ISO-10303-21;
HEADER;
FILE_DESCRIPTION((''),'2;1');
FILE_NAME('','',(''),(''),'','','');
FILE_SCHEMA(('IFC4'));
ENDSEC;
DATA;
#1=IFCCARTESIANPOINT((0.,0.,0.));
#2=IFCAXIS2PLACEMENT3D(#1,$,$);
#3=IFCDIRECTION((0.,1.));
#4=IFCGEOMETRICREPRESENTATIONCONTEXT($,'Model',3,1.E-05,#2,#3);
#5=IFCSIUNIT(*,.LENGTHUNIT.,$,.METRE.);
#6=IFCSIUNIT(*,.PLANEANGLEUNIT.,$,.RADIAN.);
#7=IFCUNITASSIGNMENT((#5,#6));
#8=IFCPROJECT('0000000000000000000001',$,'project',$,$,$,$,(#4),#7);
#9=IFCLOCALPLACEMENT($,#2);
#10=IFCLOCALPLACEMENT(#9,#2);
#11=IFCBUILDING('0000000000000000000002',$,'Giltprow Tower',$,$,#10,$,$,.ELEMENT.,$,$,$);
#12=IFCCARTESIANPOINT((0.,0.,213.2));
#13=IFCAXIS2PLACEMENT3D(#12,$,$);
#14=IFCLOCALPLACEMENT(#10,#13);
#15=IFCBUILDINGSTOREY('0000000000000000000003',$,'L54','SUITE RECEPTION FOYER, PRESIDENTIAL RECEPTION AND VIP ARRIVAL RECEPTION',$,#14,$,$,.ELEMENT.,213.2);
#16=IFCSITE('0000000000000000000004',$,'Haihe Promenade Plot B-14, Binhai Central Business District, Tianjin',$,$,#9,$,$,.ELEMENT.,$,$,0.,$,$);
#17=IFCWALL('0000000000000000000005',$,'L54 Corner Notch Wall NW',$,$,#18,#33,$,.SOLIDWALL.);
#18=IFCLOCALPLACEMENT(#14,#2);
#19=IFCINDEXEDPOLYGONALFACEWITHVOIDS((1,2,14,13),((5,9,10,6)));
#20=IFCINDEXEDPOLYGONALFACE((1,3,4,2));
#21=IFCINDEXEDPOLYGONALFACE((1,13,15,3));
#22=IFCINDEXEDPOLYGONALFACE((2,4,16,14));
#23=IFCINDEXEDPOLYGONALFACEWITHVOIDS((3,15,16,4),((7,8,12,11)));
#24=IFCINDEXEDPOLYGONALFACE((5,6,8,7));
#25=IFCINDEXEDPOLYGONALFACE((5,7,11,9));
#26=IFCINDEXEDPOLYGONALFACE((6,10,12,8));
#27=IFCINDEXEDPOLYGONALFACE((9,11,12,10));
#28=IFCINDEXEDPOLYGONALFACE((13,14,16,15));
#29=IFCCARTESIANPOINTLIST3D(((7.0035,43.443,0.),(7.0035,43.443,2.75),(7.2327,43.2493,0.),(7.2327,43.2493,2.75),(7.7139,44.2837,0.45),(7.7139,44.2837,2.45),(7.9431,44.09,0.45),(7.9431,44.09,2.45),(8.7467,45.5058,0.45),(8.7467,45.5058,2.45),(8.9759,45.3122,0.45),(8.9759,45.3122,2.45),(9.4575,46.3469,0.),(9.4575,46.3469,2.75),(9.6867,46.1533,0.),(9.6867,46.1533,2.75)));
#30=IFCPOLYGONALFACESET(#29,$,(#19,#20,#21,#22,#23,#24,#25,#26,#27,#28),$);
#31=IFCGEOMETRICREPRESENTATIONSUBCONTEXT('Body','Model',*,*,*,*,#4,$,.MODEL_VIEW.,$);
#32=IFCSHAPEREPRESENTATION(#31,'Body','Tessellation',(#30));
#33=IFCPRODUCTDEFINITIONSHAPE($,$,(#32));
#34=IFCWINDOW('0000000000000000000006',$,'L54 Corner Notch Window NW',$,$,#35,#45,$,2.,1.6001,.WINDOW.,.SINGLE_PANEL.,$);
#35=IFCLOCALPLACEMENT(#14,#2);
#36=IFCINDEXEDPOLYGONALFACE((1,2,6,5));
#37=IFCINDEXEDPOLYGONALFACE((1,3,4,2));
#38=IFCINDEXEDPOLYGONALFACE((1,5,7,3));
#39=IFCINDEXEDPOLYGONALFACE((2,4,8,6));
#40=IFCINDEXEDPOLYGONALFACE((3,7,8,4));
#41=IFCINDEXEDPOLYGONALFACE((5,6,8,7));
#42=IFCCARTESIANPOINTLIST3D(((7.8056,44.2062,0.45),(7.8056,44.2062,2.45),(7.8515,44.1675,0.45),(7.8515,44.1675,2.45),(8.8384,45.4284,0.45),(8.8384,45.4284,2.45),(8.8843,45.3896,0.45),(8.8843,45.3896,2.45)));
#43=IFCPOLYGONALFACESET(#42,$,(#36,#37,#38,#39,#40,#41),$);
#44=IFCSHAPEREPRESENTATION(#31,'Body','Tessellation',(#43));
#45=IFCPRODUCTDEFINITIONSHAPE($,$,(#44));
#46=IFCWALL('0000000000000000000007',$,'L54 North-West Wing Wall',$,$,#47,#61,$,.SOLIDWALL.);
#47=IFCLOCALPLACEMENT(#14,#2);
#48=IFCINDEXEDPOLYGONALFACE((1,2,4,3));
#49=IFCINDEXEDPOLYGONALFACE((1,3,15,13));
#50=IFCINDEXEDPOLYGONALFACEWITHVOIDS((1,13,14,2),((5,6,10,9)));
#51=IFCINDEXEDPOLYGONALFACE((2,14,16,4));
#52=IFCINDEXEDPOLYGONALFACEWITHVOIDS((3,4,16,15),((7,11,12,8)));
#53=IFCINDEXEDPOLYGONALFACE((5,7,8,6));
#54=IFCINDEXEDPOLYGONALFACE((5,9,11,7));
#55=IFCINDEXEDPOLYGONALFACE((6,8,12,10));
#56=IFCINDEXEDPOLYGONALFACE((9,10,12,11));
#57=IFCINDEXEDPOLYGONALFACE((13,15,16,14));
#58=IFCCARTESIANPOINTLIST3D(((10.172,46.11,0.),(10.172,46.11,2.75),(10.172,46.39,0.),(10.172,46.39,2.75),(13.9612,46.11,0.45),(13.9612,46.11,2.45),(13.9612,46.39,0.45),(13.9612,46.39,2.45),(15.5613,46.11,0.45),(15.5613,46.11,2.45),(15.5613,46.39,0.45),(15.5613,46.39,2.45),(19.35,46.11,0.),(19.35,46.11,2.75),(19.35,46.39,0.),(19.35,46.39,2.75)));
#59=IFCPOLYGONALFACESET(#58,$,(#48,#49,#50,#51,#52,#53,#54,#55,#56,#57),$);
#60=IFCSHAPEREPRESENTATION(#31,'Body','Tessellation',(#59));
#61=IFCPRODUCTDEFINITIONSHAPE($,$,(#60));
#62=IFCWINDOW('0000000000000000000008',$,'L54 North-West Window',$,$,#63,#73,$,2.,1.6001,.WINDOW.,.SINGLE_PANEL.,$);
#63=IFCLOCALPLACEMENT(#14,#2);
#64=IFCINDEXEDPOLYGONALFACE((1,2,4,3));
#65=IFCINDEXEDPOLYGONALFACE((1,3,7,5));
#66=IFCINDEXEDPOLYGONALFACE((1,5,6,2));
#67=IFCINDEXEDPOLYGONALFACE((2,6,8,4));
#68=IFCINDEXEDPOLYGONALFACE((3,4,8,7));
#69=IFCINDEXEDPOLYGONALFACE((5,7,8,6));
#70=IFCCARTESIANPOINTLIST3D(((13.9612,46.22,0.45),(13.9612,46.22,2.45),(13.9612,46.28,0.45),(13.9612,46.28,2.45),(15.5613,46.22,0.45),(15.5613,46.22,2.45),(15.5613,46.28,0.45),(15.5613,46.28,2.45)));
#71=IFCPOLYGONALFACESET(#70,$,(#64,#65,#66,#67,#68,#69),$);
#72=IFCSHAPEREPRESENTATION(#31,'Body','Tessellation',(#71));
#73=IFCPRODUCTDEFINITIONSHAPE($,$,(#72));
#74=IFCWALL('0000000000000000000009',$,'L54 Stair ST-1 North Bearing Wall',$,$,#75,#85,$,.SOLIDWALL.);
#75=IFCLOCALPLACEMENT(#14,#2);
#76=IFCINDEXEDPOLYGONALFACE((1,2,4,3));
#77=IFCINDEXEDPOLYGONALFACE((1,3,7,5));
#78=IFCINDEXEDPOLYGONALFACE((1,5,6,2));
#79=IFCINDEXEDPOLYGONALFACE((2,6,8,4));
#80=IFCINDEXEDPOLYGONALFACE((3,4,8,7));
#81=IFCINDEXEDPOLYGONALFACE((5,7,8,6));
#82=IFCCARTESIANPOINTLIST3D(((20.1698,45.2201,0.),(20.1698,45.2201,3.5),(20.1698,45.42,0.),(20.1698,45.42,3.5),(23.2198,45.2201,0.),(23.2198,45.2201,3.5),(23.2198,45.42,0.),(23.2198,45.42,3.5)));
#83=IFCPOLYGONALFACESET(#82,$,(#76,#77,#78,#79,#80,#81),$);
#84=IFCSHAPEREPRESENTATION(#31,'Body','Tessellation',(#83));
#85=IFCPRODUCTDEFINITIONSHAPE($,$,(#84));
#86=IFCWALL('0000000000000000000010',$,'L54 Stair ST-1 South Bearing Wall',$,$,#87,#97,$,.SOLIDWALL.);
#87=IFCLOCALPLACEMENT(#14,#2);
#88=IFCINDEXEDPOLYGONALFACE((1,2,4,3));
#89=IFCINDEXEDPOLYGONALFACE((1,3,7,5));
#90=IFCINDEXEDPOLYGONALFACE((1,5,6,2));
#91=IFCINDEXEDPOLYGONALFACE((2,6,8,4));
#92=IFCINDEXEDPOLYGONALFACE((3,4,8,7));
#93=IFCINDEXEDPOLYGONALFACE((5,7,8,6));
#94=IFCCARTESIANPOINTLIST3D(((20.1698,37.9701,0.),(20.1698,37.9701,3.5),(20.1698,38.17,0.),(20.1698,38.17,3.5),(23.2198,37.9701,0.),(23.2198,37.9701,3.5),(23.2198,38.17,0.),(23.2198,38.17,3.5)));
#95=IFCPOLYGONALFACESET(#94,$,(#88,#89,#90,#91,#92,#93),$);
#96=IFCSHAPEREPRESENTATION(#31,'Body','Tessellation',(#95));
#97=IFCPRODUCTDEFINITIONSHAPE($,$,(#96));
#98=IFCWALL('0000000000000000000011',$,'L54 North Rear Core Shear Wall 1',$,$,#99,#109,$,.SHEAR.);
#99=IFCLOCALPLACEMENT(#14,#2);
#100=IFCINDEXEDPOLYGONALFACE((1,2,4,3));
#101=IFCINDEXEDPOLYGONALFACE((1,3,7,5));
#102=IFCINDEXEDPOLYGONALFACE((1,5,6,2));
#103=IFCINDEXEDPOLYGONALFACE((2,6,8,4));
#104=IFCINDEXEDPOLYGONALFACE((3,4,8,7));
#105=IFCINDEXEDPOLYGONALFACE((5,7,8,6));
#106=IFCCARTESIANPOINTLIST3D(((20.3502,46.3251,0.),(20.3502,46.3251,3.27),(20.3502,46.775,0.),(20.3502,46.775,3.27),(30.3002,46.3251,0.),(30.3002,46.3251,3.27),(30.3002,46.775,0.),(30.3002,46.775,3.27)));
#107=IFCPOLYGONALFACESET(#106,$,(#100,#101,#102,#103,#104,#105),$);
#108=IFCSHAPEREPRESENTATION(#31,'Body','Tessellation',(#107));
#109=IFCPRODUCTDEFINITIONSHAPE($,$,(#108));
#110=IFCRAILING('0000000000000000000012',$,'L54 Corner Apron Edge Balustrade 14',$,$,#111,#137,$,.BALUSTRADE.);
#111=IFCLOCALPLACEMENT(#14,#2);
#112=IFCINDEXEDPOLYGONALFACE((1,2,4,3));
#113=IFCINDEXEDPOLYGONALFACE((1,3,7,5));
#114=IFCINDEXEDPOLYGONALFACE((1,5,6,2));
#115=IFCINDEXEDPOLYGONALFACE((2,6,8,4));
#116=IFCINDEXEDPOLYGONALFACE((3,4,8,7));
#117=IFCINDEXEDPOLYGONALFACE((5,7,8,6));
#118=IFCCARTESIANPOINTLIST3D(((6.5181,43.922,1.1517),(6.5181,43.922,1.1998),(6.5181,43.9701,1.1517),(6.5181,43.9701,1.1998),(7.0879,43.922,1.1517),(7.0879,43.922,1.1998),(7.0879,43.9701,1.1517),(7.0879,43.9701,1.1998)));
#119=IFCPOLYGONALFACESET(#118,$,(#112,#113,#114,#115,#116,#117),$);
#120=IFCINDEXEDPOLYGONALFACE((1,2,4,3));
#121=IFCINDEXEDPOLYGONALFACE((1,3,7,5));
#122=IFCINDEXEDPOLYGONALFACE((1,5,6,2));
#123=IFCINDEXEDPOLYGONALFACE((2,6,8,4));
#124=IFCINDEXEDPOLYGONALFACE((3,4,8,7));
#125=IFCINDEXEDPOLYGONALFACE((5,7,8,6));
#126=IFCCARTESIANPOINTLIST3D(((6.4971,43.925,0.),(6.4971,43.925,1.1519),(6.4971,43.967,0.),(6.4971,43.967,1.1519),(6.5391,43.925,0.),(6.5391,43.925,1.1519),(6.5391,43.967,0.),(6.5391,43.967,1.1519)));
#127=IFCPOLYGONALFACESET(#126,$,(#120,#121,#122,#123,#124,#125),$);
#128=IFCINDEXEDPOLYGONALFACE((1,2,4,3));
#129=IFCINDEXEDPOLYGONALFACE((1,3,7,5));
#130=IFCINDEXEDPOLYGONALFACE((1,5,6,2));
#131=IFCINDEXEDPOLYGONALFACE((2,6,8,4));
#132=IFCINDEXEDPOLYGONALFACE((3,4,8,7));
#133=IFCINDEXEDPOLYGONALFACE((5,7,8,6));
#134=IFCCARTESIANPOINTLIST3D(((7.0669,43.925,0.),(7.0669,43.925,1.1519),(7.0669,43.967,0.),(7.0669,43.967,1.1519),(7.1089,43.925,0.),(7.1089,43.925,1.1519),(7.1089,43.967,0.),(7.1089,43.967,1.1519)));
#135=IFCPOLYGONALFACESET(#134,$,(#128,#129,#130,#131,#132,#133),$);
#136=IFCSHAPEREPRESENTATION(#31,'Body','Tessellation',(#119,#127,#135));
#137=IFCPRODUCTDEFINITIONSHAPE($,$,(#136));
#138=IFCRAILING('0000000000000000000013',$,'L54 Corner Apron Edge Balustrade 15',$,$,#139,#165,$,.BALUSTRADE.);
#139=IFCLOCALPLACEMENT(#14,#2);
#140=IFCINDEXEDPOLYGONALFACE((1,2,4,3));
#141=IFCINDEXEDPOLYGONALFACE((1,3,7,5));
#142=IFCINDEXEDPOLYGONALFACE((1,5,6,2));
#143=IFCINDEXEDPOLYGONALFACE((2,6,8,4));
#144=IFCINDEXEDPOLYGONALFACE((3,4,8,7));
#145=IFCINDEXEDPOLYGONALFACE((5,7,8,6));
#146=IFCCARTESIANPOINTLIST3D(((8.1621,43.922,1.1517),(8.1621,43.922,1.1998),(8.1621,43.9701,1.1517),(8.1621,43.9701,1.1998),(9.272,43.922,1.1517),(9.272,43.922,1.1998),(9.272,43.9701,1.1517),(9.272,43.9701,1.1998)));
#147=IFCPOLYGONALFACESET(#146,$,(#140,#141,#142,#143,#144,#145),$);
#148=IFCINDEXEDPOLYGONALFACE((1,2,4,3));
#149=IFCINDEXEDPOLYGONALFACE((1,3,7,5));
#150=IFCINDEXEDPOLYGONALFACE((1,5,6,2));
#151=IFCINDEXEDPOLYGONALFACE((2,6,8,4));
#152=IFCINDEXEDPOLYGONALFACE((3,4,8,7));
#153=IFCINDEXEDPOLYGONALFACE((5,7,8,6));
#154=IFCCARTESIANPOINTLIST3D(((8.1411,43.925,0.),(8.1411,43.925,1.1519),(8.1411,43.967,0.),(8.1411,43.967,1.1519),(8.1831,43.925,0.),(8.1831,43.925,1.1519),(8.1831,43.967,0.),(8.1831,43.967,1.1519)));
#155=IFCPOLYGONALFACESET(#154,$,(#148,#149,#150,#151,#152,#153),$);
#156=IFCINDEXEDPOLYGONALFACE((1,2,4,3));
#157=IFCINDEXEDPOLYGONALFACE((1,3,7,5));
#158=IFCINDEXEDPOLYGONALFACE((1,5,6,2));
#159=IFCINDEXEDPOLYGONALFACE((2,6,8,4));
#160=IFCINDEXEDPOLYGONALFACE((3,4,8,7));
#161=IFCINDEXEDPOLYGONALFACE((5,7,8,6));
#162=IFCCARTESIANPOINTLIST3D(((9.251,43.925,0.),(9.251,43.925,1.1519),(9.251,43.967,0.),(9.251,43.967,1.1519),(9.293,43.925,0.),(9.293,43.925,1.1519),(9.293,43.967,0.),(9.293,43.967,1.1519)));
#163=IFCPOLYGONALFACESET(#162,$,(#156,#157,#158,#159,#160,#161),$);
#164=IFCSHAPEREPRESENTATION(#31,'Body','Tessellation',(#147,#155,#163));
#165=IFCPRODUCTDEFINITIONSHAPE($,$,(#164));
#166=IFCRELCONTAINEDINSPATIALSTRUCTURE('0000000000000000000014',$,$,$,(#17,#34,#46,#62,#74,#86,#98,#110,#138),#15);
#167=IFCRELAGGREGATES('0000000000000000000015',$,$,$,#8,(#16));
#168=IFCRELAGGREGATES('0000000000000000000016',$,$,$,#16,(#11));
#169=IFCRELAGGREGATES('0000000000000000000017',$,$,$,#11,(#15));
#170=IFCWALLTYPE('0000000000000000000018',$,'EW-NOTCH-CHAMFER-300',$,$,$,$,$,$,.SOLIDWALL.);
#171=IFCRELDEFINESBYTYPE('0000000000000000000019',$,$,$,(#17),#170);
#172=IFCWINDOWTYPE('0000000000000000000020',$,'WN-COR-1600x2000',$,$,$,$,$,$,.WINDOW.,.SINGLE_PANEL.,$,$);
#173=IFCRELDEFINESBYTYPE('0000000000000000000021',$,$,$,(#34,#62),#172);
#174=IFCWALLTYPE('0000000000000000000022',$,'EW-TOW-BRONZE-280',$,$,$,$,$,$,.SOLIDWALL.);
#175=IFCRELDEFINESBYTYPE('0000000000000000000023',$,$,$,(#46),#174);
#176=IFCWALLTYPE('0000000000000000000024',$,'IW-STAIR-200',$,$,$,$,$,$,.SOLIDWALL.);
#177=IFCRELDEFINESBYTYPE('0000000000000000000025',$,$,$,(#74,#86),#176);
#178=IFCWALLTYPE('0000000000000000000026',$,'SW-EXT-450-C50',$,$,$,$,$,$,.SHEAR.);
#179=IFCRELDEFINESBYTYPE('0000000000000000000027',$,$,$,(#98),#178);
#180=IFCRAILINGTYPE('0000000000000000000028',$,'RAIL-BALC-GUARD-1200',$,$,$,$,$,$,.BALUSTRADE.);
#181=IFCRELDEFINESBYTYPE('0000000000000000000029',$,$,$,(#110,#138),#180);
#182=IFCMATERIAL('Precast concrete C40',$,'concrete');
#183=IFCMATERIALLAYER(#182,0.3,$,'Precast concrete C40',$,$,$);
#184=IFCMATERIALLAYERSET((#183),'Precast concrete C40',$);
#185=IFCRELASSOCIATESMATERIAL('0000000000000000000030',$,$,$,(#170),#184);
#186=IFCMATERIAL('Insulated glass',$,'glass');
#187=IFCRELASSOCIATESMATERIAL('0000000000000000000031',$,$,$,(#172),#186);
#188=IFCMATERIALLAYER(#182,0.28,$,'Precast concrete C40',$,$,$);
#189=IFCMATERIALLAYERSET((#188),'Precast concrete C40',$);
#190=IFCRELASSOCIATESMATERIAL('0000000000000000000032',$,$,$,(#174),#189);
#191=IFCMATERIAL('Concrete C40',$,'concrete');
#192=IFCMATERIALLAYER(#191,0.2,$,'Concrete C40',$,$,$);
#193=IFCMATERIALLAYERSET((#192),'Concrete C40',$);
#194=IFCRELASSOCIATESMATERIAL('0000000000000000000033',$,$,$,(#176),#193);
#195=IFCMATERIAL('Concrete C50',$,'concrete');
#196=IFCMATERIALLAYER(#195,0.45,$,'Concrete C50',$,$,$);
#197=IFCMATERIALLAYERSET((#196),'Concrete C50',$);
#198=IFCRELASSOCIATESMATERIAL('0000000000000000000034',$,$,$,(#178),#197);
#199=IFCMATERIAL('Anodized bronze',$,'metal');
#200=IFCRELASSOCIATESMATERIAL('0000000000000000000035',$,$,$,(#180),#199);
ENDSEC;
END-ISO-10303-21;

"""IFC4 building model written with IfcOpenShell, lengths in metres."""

from ifc_helpers import new_model, si_unit, direction, frame, frame_2d, origin, origin_2d, place, context, subcontext, project, spatial, rectangle, extrude, source, transform, mapped, material, layer, layer_set, type_object, element, fill, save


model = new_model("IFC4")

# Units and contexts
model_context = context("Model", 3, precision=1e-05, world=origin(), true_north=direction((0.0, 1.0)))
body_context = subcontext(model_context, "Body", "Model", "MODEL_VIEW")
ifc_project = project(units=[si_unit("LENGTHUNIT", "METRE"), si_unit("PLANEANGLEUNIT", "RADIAN")], contexts=[model_context])

# Site, building, storey
site_placement = place(None, origin())
site = spatial("IfcSite", under=ifc_project, at=site_placement, Name="Haihe Promenade Plot B-14, Binhai Central Business District, Tianjin", CompositionType="ELEMENT", RefElevation=0.0)
building_placement = place(site_placement, origin())
building = spatial("IfcBuilding", under=site, at=building_placement, Name="Giltprow Tower", CompositionType="ELEMENT")
storey_placement = place(building_placement, frame((0.0, 0.0, 213.2)))
storey = spatial("IfcBuildingStorey", under=building, at=storey_placement, Name="L54", Description="SUITE RECEPTION FOYER, PRESIDENTIAL RECEPTION AND VIP ARRIVAL RECEPTION", CompositionType="ELEMENT", Elevation=213.2)

# Shared definitions
ifc_material_1 = material(Name="Concrete C50", Category="concrete")

# Walls, openings, windows
ifc_material_2 = material(Name="Precast concrete C40", Category="concrete")
ifc_layer_1 = layer(ifc_material_2, 0.3, Name="Precast concrete C40")
ifc_layer_set_1 = layer_set([ifc_layer_1], Name="Precast concrete C40")
wall_type_1 = type_object("IfcWallType", Name="EW-NOTCH-CHAMFER-300", PredefinedType="SOLIDWALL", material=ifc_layer_set_1)
wall_1_placement = place(storey_placement, frame((9.572, 46.25, 0.0), z_axis=(0.0, 0.0, 1.0), x_axis=(-0.645456, -0.763798, 0.0)))
wall_1 = element("IfcWall", 1, at=wall_1_placement, inside=storey, type_object=wall_type_1, Name="L54 Corner Notch Wall NW", PredefinedType="SOLIDWALL", context=body_context, shape_type="SweptSolid", body=[
    extrude(rectangle(XDim=3.802, YDim=0.3, at=frame_2d((1.9009, 0.0))), origin(), (0.0, 0.0, 1.0), 2.75),
])
opening_1_placement = place(wall_1_placement, frame((1.1011, 0.0, 0.45)))
opening_1 = element("IfcOpeningElement", 2, at=opening_1_placement, cuts=wall_1, PredefinedType="OPENING", context=body_context, shape_type="SweptSolid", body=[
    extrude(rectangle(XDim=1.6001, YDim=2.0, at=frame_2d((0.8, 1.0))), frame((0.0, 0.1599, 0.0), z_axis=(0.0, -1.0, 0.0), x_axis=(1.0, 0.0, 0.0)), (0.0, 0.0, 1.0), 0.3201),
])
ifc_material_3 = material(Name="Insulated glass", Category="glass")
window_type = type_object("IfcWindowType", Name="WN-COR-1600x2000", PartitioningType="SINGLE_PANEL", PredefinedType="WINDOW", material=ifc_material_3)
shared_shape_1 = source(origin(), body_context, "Body", "SweptSolid", [
    extrude(rectangle(XDim=1.6001, YDim=2.0, at=frame_2d((0.8, 1.0))), frame((0.0, 0.03, 0.0), z_axis=(0.0, -1.0, 0.0), x_axis=(1.0, 0.0, 0.0)), (0.0, 0.0, 1.0), 0.0601),
])
window_1_placement = place(opening_1_placement, origin())
window_1 = element("IfcWindow", 3, at=window_1_placement, inside=storey, type_object=window_type, Name="L54 Corner Notch Window NW", OverallHeight=2.0, OverallWidth=1.6001, PartitioningType="SINGLE_PANEL", PredefinedType="WINDOW", context=body_context, shape_type="MappedRepresentation", body=[
    mapped(shared_shape_1, transform((0.0, 0.0, 0.0), x_axis=(1.0, 0.0, 0.0), y_axis=(0.0, 1.0, 0.0), z_axis=(0.0, 0.0, 1.0), scale=1.0)),
])
fill(opening_1, window_1)
ifc_layer_2 = layer(ifc_material_2, 0.28, Name="Precast concrete C40")
ifc_layer_set_2 = layer_set([ifc_layer_2], Name="Precast concrete C40")
wall_type_2 = type_object("IfcWallType", Name="EW-TOW-BRONZE-280", PredefinedType="SOLIDWALL", material=ifc_layer_set_2)
wall_2_placement = place(storey_placement, frame((10.1721, 46.25, 0.0), z_axis=(0.0, 0.0, 1.0), x_axis=(1.0, 0.0, 0.0)))
wall_2 = element("IfcWall", 4, at=wall_2_placement, inside=storey, type_object=wall_type_2, Name="L54 North-West Wing Wall", PredefinedType="SOLIDWALL", context=body_context, shape_type="SweptSolid", body=[
    extrude(rectangle(XDim=9.178, YDim=0.28, at=frame_2d((4.5889, 0.0))), origin(), (0.0, 0.0, 1.0), 2.75),
])
opening_2_placement = place(wall_2_placement, frame((3.7891, 0.0, 0.45)))
opening_2 = element("IfcOpeningElement", 5, at=opening_2_placement, cuts=wall_2, PredefinedType="OPENING", context=body_context, shape_type="SweptSolid", body=[
    extrude(rectangle(XDim=1.6001, YDim=2.0, at=frame_2d((0.8, 1.0))), frame((0.0, 0.1499, 0.0), z_axis=(0.0, -1.0, 0.0), x_axis=(1.0, 0.0, 0.0)), (0.0, 0.0, 1.0), 0.3),
])
window_2_placement = place(opening_2_placement, origin())
window_2 = element("IfcWindow", 6, at=window_2_placement, inside=storey, type_object=window_type, Name="L54 North-West Window", OverallHeight=2.0, OverallWidth=1.6001, PartitioningType="SINGLE_PANEL", PredefinedType="WINDOW", context=body_context, shape_type="MappedRepresentation", body=[
    mapped(shared_shape_1, transform((0.0, 0.0, 0.0), x_axis=(1.0, 0.0, 0.0), y_axis=(0.0, 1.0, 0.0), z_axis=(0.0, 0.0, 1.0), scale=1.0)),
])
fill(opening_2, window_2)

# Walls
ifc_material_4 = material(Name="Concrete C40", Category="concrete")
ifc_layer_3 = layer(ifc_material_4, 0.2, Name="Concrete C40")
ifc_layer_set_3 = layer_set([ifc_layer_3], Name="Concrete C40")
wall_type_3 = type_object("IfcWallType", Name="IW-STAIR-200", PredefinedType="SOLIDWALL", material=ifc_layer_set_3)
for number, where, z_axis, x_axis, name in (
    (7, (20.1699, 45.3201, 0.0), (0.0, 0.0, 1.0), (1.0, 0.0, 0.0), "L54 Stair ST-1 North Bearing Wall"),
    (8, (20.1699, 38.0701, 0.0), (0.0, 0.0, 1.0), (1.0, 0.0, 0.0), "L54 Stair ST-1 South Bearing Wall"),
):
    element("IfcWall", number, at=place(storey_placement, frame(where, z_axis=z_axis, x_axis=x_axis)), inside=storey, type_object=wall_type_3, Name=name, PredefinedType="SOLIDWALL", context=body_context, shape_type="SweptSolid", body=[
        extrude(rectangle(XDim=3.05, YDim=0.2, at=frame_2d((1.5249, 0.0))), origin(), (0.0, 0.0, 1.0), 3.5),
    ])
ifc_layer_4 = layer(ifc_material_1, 0.45, Name="Concrete C50")
ifc_layer_set_4 = layer_set([ifc_layer_4], Name="Concrete C50")
wall_type_4 = type_object("IfcWallType", Name="SW-EXT-450-C50", PredefinedType="SHEAR", material=ifc_layer_set_4)
wall_3_placement = place(storey_placement, frame((20.3501, 46.55, 0.0), z_axis=(0.0, 0.0, 1.0), x_axis=(1.0, 0.0, 0.0)))
element("IfcWall", 9, at=wall_3_placement, inside=storey, type_object=wall_type_4, Name="L54 North Rear Core Shear Wall 1", PredefinedType="SHEAR", context=body_context, shape_type="SweptSolid", body=[
    extrude(rectangle(XDim=9.95, YDim=0.45, at=frame_2d((4.9751, 0.0))), origin(), (0.0, 0.0, 1.0), 3.27),
])

# Railings
ifc_material_5 = material(Name="Anodized bronze", Category="metal")
railing_type_1 = type_object("IfcRailingType", Name="RAIL-BALC-GUARD-1200", PredefinedType="BALUSTRADE", material=ifc_material_5)
railing_1_placement = place(storey_placement, frame((6.5181, 43.946, 0.0)))
element("IfcRailing", 10, at=railing_1_placement, inside=storey, type_object=railing_type_1, Name="L54 Corner Apron Edge Balustrade 14", PredefinedType="BALUSTRADE", context=body_context, shape_type="SweptSolid", body=[
    extrude(rectangle(XDim=0.0481, YDim=0.0481, at=origin_2d()), frame((0.0, 0.0, 1.1758), z_axis=(1.0, 0.0, 0.0), x_axis=(0.0, 1.0, 0.0)), (0.0, 0.0, 1.0), 0.5698),
    extrude(rectangle(XDim=0.042, YDim=0.042, at=origin_2d()), origin(), (0.0, 0.0, 1.0), 1.1519),
    extrude(rectangle(XDim=0.042, YDim=0.042, at=origin_2d()), frame((0.5698, 0.0, 0.0)), (0.0, 0.0, 1.0), 1.1519),
])
railing_2_placement = place(storey_placement, frame((8.1621, 43.946, 0.0)))
element("IfcRailing", 11, at=railing_2_placement, inside=storey, type_object=railing_type_1, Name="L54 Corner Apron Edge Balustrade 15", PredefinedType="BALUSTRADE", context=body_context, shape_type="SweptSolid", body=[
    extrude(rectangle(XDim=0.0481, YDim=0.0481, at=origin_2d()), frame((0.0, 0.0, 1.1758), z_axis=(1.0, 0.0, 0.0), x_axis=(0.0, 1.0, 0.0)), (0.0, 0.0, 1.0), 1.1099),
    extrude(rectangle(XDim=0.042, YDim=0.042, at=origin_2d()), origin(), (0.0, 0.0, 1.0), 1.1519),
    extrude(rectangle(XDim=0.042, YDim=0.042, at=origin_2d()), frame((1.1099, 0.0, 0.0)), (0.0, 0.0, 1.0), 1.1519),
])

save(model, "model.ifc")
